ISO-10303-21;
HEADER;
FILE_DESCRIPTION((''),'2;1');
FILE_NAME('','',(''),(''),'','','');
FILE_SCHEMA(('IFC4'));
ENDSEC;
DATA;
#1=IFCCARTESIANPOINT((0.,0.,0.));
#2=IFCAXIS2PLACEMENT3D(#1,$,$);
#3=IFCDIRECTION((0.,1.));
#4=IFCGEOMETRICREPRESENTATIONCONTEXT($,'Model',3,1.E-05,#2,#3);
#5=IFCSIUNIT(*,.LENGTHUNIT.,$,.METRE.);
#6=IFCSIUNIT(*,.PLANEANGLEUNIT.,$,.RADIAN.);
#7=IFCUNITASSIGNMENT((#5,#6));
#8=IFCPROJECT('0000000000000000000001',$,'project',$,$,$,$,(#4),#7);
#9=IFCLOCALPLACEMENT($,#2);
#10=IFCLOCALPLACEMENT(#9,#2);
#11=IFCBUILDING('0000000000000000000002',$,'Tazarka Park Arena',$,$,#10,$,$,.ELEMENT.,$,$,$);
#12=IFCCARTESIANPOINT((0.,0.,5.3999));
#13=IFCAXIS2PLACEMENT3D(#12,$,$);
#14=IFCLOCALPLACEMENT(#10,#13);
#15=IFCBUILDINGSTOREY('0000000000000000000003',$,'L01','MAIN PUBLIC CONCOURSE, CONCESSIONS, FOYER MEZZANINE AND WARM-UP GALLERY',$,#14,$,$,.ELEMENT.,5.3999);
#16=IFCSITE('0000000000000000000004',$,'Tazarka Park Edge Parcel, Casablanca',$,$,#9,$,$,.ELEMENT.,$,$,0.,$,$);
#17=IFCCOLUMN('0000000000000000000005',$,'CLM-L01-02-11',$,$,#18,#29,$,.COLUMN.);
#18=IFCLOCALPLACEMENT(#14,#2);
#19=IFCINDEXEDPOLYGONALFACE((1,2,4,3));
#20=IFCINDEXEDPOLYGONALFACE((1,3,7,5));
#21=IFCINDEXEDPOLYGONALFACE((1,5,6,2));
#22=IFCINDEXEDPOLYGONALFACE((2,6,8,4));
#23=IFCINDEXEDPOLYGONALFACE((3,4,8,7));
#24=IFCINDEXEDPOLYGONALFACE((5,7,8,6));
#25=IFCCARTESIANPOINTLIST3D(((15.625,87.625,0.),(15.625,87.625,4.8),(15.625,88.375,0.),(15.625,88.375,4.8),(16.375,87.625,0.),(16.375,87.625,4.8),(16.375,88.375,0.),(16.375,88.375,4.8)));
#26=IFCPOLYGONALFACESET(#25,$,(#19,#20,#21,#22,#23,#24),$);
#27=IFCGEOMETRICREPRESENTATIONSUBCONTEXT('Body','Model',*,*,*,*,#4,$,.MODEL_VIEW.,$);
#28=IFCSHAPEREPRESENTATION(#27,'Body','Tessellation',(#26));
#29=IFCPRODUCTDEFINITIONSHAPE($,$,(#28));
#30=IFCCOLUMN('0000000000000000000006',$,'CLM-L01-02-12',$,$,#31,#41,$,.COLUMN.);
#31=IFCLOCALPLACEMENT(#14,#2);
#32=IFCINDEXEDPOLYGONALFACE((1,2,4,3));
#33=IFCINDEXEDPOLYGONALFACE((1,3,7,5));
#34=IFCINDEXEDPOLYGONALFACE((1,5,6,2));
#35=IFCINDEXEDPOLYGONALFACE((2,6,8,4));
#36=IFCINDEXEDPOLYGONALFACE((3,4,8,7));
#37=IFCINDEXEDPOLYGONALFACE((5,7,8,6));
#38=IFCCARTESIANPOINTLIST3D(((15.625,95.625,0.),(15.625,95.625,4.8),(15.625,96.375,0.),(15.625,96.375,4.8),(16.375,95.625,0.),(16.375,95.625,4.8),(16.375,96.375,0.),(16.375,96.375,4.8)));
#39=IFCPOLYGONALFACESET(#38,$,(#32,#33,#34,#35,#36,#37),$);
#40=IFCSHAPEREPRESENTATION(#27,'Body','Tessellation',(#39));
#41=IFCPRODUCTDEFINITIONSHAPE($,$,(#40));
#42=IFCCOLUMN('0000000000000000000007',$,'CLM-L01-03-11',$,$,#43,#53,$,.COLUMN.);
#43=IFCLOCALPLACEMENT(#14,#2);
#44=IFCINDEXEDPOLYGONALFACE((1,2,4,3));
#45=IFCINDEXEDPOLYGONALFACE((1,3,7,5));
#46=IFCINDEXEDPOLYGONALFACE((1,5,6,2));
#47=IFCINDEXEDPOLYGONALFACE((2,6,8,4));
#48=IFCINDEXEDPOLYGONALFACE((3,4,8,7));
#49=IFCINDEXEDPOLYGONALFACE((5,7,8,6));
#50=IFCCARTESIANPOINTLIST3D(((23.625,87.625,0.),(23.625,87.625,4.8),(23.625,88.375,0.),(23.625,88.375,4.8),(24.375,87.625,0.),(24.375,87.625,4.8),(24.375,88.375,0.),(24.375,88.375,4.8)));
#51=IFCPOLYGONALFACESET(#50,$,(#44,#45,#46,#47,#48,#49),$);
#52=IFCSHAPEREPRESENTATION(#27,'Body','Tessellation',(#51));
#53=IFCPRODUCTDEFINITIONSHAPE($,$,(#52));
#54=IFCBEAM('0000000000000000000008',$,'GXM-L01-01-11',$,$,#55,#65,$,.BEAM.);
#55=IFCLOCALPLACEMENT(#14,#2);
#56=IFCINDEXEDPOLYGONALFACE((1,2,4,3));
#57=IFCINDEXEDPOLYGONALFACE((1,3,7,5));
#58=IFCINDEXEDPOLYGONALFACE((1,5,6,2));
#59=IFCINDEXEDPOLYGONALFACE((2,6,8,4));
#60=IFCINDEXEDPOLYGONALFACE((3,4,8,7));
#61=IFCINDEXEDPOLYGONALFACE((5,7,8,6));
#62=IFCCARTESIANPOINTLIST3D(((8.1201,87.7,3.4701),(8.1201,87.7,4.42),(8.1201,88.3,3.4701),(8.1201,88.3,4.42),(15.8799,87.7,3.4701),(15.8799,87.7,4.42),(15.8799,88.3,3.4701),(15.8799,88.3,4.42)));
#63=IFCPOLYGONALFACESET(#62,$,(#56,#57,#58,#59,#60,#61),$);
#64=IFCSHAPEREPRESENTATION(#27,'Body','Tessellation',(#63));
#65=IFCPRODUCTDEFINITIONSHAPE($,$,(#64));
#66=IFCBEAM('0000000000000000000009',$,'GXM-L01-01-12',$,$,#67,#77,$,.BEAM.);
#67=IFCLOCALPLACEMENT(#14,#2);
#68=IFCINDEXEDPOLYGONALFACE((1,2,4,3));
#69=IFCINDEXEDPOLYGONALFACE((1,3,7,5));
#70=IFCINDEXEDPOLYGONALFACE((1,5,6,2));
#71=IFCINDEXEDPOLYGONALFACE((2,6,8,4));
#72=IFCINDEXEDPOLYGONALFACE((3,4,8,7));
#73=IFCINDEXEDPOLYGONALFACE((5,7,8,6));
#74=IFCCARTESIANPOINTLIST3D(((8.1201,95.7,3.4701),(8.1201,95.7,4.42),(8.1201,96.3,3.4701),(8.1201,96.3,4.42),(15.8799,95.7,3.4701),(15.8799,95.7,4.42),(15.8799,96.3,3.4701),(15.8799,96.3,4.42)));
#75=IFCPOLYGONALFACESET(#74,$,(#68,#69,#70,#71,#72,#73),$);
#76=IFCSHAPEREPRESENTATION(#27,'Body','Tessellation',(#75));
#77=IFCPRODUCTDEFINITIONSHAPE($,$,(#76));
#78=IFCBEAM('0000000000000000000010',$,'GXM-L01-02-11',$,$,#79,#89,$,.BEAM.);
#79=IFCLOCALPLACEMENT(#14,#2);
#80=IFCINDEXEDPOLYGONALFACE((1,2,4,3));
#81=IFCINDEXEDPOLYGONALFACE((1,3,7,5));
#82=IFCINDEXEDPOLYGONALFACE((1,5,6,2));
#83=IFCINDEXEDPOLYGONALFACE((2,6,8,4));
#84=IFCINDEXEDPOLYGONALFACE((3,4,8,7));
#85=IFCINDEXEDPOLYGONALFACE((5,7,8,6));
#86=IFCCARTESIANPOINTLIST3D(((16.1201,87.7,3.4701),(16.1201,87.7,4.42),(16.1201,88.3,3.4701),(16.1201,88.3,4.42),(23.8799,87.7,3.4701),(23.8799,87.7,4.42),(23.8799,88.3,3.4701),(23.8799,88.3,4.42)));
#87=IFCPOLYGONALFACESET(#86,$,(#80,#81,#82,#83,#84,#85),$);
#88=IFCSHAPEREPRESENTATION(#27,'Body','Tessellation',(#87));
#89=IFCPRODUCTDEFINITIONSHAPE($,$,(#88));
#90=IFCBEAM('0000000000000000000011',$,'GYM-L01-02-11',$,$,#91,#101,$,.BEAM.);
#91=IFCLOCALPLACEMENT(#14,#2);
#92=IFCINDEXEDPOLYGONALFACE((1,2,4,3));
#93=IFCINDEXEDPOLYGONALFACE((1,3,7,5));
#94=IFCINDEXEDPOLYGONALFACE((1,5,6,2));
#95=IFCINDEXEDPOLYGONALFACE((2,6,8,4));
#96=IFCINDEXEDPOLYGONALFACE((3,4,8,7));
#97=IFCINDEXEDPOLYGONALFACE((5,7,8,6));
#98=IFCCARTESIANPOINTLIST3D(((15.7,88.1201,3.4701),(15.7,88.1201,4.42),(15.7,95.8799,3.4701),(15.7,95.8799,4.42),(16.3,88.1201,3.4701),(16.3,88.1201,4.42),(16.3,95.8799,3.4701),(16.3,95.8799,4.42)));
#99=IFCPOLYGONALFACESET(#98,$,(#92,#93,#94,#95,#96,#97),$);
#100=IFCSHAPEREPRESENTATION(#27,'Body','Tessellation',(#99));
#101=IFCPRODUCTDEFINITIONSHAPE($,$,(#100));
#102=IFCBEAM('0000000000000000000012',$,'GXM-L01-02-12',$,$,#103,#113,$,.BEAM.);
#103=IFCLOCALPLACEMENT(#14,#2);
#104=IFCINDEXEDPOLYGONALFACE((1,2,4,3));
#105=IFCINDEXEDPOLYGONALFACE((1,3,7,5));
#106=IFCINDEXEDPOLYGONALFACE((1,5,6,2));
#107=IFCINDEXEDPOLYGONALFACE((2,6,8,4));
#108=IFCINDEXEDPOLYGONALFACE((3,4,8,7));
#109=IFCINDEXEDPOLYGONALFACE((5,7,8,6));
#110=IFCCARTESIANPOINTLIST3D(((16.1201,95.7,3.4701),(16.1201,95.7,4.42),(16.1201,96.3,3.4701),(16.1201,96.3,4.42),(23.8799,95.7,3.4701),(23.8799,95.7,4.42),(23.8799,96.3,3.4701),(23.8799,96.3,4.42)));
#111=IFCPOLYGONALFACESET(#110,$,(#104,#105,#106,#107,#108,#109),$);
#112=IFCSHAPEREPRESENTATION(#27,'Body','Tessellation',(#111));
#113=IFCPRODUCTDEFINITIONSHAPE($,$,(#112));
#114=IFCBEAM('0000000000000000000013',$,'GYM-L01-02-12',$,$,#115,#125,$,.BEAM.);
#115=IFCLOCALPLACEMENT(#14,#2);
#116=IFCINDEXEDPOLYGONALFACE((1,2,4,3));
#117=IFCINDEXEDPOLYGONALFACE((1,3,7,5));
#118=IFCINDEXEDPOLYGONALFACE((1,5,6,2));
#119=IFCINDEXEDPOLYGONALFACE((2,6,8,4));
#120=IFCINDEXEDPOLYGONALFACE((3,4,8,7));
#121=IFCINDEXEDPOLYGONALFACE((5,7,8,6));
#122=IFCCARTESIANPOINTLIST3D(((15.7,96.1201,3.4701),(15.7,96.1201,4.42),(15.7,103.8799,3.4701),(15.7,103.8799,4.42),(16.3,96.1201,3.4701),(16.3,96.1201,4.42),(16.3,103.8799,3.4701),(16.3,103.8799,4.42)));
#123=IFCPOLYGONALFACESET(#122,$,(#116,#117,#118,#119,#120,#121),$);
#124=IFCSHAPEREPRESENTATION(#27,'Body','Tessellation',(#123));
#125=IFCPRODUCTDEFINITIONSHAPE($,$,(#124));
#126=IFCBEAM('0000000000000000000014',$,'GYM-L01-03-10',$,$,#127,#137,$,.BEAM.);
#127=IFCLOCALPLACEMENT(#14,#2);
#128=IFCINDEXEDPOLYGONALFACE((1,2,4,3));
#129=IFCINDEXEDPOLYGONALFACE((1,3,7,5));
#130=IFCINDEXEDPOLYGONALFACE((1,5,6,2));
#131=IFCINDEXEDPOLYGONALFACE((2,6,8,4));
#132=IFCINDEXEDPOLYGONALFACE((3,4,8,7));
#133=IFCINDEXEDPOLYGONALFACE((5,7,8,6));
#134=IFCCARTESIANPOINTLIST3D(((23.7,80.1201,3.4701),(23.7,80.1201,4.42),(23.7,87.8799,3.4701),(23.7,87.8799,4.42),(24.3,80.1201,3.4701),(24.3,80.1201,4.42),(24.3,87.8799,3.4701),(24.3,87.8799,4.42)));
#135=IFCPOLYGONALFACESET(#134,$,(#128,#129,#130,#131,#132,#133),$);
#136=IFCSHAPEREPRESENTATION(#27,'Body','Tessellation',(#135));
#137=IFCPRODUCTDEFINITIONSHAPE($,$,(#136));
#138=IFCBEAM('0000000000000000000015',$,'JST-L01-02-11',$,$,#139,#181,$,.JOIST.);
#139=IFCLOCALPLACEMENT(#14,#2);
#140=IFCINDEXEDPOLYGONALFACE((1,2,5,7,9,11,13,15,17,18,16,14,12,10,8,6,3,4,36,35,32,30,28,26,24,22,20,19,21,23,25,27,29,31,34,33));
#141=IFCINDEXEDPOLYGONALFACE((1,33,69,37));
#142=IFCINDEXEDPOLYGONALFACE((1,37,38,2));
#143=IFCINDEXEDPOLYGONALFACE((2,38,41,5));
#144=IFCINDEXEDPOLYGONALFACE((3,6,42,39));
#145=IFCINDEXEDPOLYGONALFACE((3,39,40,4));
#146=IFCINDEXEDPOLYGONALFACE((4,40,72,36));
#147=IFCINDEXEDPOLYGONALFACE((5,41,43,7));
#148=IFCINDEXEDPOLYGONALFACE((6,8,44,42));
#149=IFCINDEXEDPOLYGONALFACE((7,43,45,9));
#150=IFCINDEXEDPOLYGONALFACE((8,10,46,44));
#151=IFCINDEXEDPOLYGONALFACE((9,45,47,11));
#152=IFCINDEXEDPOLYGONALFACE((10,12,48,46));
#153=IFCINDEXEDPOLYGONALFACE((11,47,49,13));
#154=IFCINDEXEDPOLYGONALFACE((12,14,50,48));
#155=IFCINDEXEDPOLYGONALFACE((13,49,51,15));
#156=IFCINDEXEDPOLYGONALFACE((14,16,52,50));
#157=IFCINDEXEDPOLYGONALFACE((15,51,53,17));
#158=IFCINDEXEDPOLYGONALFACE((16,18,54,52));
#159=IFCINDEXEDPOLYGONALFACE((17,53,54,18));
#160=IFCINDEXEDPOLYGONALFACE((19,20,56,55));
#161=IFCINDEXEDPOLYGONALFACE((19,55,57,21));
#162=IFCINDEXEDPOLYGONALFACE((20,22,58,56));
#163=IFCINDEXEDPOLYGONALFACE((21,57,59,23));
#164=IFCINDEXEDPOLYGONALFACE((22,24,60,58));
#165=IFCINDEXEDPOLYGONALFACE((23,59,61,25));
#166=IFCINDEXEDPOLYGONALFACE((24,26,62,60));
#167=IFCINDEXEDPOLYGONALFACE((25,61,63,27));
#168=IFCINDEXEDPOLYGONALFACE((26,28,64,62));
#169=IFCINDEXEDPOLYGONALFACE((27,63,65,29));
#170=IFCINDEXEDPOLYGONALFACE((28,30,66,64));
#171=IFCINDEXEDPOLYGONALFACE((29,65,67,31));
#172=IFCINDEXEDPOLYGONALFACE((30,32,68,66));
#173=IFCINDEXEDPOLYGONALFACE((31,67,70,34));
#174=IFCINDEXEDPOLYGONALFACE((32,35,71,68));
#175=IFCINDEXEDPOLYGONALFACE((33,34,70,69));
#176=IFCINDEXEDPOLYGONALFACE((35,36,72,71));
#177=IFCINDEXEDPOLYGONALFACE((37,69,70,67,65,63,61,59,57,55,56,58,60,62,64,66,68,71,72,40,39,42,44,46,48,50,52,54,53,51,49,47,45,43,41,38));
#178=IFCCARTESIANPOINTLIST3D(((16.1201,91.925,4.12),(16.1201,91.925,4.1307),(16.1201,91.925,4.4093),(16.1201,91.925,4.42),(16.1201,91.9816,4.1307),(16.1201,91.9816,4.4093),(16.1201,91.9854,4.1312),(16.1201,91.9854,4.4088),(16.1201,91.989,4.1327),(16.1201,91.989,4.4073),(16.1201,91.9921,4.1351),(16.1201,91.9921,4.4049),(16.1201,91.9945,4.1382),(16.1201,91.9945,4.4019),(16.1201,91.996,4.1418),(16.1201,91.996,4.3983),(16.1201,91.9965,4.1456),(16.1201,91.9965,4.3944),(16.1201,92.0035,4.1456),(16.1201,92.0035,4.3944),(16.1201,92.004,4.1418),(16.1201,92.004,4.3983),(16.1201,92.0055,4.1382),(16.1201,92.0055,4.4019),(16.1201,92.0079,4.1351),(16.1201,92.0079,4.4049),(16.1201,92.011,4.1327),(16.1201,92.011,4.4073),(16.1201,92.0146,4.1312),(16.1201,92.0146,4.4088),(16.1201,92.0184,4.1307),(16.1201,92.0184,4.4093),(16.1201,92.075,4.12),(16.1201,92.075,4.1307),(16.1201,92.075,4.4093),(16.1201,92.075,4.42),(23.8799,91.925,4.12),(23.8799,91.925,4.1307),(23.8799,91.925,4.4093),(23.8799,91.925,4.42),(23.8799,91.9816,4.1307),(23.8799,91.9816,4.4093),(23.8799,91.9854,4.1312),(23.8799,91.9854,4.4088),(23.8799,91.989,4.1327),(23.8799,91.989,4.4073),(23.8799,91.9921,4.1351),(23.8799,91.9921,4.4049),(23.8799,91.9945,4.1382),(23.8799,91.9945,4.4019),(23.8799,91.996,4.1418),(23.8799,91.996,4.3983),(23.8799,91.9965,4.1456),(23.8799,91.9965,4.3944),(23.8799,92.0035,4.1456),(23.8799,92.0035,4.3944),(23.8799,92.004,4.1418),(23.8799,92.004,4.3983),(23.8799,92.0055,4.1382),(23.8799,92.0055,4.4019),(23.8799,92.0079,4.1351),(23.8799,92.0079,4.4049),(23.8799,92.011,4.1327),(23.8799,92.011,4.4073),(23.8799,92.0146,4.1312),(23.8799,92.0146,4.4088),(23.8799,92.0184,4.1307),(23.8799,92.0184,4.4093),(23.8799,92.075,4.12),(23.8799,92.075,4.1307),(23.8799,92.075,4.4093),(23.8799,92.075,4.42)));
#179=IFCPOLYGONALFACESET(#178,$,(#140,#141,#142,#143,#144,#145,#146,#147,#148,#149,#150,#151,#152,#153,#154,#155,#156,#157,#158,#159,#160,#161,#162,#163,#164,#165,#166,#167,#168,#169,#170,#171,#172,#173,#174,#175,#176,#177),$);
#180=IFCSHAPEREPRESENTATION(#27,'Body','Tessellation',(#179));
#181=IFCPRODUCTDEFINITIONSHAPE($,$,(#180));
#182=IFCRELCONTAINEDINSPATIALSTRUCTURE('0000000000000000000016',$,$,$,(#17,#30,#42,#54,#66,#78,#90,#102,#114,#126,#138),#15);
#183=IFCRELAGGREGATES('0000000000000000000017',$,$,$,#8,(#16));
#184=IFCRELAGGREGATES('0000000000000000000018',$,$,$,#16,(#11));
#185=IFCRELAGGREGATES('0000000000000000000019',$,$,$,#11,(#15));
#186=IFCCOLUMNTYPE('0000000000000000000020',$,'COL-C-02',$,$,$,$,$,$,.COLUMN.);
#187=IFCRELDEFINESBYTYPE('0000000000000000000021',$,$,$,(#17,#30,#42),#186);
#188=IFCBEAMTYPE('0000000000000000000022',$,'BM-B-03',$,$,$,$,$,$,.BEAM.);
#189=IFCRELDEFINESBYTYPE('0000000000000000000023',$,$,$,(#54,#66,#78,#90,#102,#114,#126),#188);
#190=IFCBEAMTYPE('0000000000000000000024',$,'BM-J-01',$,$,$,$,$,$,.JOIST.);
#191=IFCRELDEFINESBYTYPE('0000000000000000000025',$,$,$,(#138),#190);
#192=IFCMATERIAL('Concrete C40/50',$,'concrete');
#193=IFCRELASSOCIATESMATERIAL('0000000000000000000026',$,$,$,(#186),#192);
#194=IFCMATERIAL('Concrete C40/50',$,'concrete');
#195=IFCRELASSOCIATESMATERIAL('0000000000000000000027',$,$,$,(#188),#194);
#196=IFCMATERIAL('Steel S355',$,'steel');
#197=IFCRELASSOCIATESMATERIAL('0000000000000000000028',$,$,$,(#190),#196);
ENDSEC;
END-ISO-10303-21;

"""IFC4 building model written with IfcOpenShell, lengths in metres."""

from ifc_helpers import new_model, si_unit, direction, frame, origin, origin_2d, place, context, subcontext, project, spatial, rectangle, i_section, extrude, material, material_profile, profile_set, type_object, element, save


model = new_model("IFC4")

# Units and contexts
model_context = context("Model", 3, precision=1e-05, world=origin(), true_north=direction((0.0, 1.0)))
body_context = subcontext(model_context, "Body", "Model", "MODEL_VIEW")
ifc_project = project(units=[si_unit("LENGTHUNIT", "METRE"), si_unit("PLANEANGLEUNIT", "RADIAN")], contexts=[model_context])

# Site, building, storey
site_placement = place(None, origin())
site = spatial("IfcSite", under=ifc_project, at=site_placement, Name="Tazarka Park Edge Parcel, Casablanca", CompositionType="ELEMENT", RefElevation=0.0)
building_placement = place(site_placement, origin())
building = spatial("IfcBuilding", under=site, at=building_placement, Name="Tazarka Park Arena", CompositionType="ELEMENT")
storey_placement = place(building_placement, frame((0.0, 0.0, 5.3999)))
storey = spatial("IfcBuildingStorey", under=building, at=storey_placement, Name="L01", Description="MAIN PUBLIC CONCOURSE, CONCESSIONS, FOYER MEZZANINE AND WARM-UP GALLERY", CompositionType="ELEMENT", Elevation=5.3999)

# Columns
ifc_material_1 = material(Name="Concrete C40/50", Category="concrete")
ifc_material_profile_1 = material_profile(ifc_material_1, rectangle(XDim=0.75, YDim=0.75, at=origin_2d()), Name="Concrete C40/50")
ifc_profile_set_1 = profile_set([ifc_material_profile_1], Name="Concrete C40/50")
column_type = type_object("IfcColumnType", Name="COL-C-02", PredefinedType="COLUMN", material=ifc_profile_set_1)
for number, where, z_axis, x_axis, name in (
    (1, (16.0, 88.0, 0.0), (0.0, 0.0, 1.0), (1.0, 0.0, 0.0), "CLM-L01-02-11"),
    (2, (16.0, 96.0, 0.0), (0.0, 0.0, 1.0), (1.0, 0.0, 0.0), "CLM-L01-02-12"),
    (3, (24.0, 88.0, 0.0), (0.0, 0.0, 1.0), (1.0, 0.0, 0.0), "CLM-L01-03-11"),
):
    element("IfcColumn", number, at=place(storey_placement, frame(where, z_axis=z_axis, x_axis=x_axis)), inside=storey, type_object=column_type, Name=name, PredefinedType="COLUMN", context=body_context, shape_type="SweptSolid", body=[
        extrude(rectangle(XDim=0.75, YDim=0.75, at=origin_2d()), origin(), (0.0, 0.0, 1.0), 4.8),
    ])

# Beams
ifc_material_2 = material(Name="Concrete C40/50", Category="concrete")
ifc_material_profile_2 = material_profile(ifc_material_2, rectangle(XDim=0.6001, YDim=0.95, at=origin_2d()), Name="Concrete C40/50")
ifc_profile_set_2 = profile_set([ifc_material_profile_2], Name="Concrete C40/50")
beam_type_1 = type_object("IfcBeamType", Name="BM-B-03", PredefinedType="BEAM", material=ifc_profile_set_2)
for number, where, z_axis, x_axis, name in (
    (4, (8.1201, 88.0, 3.9451), (1.0, 0.0, 0.0), (0.0, 1.0, 0.0), "GXM-L01-01-11"),
    (5, (8.1201, 96.0, 3.9451), (1.0, 0.0, 0.0), (0.0, 1.0, 0.0), "GXM-L01-01-12"),
    (6, (16.1201, 88.0, 3.9451), (1.0, 0.0, 0.0), (0.0, 1.0, 0.0), "GXM-L01-02-11"),
    (7, (16.0, 88.1201, 3.9451), (0.0, 1.0, 0.0), (-1.0, 0.0, 0.0), "GYM-L01-02-11"),
    (8, (16.1201, 96.0, 3.9451), (1.0, 0.0, 0.0), (0.0, 1.0, 0.0), "GXM-L01-02-12"),
    (9, (16.0, 96.1201, 3.9451), (0.0, 1.0, 0.0), (-1.0, 0.0, 0.0), "GYM-L01-02-12"),
    (10, (24.0, 80.1201, 3.9451), (0.0, 1.0, 0.0), (-1.0, 0.0, 0.0), "GYM-L01-03-10"),
):
    element("IfcBeam", number, at=place(storey_placement, frame(where, z_axis=z_axis, x_axis=x_axis)), inside=storey, type_object=beam_type_1, Name=name, PredefinedType="BEAM", context=body_context, shape_type="SweptSolid", body=[
        extrude(rectangle(XDim=0.6001, YDim=0.95, at=origin_2d()), origin(), (0.0, 0.0, 1.0), 7.7598),
    ])
ifc_material_3 = material(Name="Steel S355", Category="steel")
ifc_material_profile_3 = material_profile(ifc_material_3, i_section(OverallWidth=0.1499, OverallDepth=0.3, WebThickness=0.0071, FlangeThickness=0.0107, FilletRadius=0.0149, at=origin_2d()), Name="Steel S355")
ifc_profile_set_3 = profile_set([ifc_material_profile_3], Name="Steel S355")
beam_type_2 = type_object("IfcBeamType", Name="BM-J-01", PredefinedType="JOIST", material=ifc_profile_set_3)
beam_1_placement = place(storey_placement, frame((16.1201, 92.0, 4.27), z_axis=(1.0, 0.0, 0.0), x_axis=(0.0, 1.0, 0.0)))
element("IfcBeam", 11, at=beam_1_placement, inside=storey, type_object=beam_type_2, Name="JST-L01-02-11", PredefinedType="JOIST", context=body_context, shape_type="SweptSolid", body=[
    extrude(i_section(OverallWidth=0.1499, OverallDepth=0.3, WebThickness=0.0071, FlangeThickness=0.0107, FilletRadius=0.0149, at=origin_2d()), origin(), (0.0, 0.0, 1.0), 7.7598),
])

save(model, "model.ifc")
